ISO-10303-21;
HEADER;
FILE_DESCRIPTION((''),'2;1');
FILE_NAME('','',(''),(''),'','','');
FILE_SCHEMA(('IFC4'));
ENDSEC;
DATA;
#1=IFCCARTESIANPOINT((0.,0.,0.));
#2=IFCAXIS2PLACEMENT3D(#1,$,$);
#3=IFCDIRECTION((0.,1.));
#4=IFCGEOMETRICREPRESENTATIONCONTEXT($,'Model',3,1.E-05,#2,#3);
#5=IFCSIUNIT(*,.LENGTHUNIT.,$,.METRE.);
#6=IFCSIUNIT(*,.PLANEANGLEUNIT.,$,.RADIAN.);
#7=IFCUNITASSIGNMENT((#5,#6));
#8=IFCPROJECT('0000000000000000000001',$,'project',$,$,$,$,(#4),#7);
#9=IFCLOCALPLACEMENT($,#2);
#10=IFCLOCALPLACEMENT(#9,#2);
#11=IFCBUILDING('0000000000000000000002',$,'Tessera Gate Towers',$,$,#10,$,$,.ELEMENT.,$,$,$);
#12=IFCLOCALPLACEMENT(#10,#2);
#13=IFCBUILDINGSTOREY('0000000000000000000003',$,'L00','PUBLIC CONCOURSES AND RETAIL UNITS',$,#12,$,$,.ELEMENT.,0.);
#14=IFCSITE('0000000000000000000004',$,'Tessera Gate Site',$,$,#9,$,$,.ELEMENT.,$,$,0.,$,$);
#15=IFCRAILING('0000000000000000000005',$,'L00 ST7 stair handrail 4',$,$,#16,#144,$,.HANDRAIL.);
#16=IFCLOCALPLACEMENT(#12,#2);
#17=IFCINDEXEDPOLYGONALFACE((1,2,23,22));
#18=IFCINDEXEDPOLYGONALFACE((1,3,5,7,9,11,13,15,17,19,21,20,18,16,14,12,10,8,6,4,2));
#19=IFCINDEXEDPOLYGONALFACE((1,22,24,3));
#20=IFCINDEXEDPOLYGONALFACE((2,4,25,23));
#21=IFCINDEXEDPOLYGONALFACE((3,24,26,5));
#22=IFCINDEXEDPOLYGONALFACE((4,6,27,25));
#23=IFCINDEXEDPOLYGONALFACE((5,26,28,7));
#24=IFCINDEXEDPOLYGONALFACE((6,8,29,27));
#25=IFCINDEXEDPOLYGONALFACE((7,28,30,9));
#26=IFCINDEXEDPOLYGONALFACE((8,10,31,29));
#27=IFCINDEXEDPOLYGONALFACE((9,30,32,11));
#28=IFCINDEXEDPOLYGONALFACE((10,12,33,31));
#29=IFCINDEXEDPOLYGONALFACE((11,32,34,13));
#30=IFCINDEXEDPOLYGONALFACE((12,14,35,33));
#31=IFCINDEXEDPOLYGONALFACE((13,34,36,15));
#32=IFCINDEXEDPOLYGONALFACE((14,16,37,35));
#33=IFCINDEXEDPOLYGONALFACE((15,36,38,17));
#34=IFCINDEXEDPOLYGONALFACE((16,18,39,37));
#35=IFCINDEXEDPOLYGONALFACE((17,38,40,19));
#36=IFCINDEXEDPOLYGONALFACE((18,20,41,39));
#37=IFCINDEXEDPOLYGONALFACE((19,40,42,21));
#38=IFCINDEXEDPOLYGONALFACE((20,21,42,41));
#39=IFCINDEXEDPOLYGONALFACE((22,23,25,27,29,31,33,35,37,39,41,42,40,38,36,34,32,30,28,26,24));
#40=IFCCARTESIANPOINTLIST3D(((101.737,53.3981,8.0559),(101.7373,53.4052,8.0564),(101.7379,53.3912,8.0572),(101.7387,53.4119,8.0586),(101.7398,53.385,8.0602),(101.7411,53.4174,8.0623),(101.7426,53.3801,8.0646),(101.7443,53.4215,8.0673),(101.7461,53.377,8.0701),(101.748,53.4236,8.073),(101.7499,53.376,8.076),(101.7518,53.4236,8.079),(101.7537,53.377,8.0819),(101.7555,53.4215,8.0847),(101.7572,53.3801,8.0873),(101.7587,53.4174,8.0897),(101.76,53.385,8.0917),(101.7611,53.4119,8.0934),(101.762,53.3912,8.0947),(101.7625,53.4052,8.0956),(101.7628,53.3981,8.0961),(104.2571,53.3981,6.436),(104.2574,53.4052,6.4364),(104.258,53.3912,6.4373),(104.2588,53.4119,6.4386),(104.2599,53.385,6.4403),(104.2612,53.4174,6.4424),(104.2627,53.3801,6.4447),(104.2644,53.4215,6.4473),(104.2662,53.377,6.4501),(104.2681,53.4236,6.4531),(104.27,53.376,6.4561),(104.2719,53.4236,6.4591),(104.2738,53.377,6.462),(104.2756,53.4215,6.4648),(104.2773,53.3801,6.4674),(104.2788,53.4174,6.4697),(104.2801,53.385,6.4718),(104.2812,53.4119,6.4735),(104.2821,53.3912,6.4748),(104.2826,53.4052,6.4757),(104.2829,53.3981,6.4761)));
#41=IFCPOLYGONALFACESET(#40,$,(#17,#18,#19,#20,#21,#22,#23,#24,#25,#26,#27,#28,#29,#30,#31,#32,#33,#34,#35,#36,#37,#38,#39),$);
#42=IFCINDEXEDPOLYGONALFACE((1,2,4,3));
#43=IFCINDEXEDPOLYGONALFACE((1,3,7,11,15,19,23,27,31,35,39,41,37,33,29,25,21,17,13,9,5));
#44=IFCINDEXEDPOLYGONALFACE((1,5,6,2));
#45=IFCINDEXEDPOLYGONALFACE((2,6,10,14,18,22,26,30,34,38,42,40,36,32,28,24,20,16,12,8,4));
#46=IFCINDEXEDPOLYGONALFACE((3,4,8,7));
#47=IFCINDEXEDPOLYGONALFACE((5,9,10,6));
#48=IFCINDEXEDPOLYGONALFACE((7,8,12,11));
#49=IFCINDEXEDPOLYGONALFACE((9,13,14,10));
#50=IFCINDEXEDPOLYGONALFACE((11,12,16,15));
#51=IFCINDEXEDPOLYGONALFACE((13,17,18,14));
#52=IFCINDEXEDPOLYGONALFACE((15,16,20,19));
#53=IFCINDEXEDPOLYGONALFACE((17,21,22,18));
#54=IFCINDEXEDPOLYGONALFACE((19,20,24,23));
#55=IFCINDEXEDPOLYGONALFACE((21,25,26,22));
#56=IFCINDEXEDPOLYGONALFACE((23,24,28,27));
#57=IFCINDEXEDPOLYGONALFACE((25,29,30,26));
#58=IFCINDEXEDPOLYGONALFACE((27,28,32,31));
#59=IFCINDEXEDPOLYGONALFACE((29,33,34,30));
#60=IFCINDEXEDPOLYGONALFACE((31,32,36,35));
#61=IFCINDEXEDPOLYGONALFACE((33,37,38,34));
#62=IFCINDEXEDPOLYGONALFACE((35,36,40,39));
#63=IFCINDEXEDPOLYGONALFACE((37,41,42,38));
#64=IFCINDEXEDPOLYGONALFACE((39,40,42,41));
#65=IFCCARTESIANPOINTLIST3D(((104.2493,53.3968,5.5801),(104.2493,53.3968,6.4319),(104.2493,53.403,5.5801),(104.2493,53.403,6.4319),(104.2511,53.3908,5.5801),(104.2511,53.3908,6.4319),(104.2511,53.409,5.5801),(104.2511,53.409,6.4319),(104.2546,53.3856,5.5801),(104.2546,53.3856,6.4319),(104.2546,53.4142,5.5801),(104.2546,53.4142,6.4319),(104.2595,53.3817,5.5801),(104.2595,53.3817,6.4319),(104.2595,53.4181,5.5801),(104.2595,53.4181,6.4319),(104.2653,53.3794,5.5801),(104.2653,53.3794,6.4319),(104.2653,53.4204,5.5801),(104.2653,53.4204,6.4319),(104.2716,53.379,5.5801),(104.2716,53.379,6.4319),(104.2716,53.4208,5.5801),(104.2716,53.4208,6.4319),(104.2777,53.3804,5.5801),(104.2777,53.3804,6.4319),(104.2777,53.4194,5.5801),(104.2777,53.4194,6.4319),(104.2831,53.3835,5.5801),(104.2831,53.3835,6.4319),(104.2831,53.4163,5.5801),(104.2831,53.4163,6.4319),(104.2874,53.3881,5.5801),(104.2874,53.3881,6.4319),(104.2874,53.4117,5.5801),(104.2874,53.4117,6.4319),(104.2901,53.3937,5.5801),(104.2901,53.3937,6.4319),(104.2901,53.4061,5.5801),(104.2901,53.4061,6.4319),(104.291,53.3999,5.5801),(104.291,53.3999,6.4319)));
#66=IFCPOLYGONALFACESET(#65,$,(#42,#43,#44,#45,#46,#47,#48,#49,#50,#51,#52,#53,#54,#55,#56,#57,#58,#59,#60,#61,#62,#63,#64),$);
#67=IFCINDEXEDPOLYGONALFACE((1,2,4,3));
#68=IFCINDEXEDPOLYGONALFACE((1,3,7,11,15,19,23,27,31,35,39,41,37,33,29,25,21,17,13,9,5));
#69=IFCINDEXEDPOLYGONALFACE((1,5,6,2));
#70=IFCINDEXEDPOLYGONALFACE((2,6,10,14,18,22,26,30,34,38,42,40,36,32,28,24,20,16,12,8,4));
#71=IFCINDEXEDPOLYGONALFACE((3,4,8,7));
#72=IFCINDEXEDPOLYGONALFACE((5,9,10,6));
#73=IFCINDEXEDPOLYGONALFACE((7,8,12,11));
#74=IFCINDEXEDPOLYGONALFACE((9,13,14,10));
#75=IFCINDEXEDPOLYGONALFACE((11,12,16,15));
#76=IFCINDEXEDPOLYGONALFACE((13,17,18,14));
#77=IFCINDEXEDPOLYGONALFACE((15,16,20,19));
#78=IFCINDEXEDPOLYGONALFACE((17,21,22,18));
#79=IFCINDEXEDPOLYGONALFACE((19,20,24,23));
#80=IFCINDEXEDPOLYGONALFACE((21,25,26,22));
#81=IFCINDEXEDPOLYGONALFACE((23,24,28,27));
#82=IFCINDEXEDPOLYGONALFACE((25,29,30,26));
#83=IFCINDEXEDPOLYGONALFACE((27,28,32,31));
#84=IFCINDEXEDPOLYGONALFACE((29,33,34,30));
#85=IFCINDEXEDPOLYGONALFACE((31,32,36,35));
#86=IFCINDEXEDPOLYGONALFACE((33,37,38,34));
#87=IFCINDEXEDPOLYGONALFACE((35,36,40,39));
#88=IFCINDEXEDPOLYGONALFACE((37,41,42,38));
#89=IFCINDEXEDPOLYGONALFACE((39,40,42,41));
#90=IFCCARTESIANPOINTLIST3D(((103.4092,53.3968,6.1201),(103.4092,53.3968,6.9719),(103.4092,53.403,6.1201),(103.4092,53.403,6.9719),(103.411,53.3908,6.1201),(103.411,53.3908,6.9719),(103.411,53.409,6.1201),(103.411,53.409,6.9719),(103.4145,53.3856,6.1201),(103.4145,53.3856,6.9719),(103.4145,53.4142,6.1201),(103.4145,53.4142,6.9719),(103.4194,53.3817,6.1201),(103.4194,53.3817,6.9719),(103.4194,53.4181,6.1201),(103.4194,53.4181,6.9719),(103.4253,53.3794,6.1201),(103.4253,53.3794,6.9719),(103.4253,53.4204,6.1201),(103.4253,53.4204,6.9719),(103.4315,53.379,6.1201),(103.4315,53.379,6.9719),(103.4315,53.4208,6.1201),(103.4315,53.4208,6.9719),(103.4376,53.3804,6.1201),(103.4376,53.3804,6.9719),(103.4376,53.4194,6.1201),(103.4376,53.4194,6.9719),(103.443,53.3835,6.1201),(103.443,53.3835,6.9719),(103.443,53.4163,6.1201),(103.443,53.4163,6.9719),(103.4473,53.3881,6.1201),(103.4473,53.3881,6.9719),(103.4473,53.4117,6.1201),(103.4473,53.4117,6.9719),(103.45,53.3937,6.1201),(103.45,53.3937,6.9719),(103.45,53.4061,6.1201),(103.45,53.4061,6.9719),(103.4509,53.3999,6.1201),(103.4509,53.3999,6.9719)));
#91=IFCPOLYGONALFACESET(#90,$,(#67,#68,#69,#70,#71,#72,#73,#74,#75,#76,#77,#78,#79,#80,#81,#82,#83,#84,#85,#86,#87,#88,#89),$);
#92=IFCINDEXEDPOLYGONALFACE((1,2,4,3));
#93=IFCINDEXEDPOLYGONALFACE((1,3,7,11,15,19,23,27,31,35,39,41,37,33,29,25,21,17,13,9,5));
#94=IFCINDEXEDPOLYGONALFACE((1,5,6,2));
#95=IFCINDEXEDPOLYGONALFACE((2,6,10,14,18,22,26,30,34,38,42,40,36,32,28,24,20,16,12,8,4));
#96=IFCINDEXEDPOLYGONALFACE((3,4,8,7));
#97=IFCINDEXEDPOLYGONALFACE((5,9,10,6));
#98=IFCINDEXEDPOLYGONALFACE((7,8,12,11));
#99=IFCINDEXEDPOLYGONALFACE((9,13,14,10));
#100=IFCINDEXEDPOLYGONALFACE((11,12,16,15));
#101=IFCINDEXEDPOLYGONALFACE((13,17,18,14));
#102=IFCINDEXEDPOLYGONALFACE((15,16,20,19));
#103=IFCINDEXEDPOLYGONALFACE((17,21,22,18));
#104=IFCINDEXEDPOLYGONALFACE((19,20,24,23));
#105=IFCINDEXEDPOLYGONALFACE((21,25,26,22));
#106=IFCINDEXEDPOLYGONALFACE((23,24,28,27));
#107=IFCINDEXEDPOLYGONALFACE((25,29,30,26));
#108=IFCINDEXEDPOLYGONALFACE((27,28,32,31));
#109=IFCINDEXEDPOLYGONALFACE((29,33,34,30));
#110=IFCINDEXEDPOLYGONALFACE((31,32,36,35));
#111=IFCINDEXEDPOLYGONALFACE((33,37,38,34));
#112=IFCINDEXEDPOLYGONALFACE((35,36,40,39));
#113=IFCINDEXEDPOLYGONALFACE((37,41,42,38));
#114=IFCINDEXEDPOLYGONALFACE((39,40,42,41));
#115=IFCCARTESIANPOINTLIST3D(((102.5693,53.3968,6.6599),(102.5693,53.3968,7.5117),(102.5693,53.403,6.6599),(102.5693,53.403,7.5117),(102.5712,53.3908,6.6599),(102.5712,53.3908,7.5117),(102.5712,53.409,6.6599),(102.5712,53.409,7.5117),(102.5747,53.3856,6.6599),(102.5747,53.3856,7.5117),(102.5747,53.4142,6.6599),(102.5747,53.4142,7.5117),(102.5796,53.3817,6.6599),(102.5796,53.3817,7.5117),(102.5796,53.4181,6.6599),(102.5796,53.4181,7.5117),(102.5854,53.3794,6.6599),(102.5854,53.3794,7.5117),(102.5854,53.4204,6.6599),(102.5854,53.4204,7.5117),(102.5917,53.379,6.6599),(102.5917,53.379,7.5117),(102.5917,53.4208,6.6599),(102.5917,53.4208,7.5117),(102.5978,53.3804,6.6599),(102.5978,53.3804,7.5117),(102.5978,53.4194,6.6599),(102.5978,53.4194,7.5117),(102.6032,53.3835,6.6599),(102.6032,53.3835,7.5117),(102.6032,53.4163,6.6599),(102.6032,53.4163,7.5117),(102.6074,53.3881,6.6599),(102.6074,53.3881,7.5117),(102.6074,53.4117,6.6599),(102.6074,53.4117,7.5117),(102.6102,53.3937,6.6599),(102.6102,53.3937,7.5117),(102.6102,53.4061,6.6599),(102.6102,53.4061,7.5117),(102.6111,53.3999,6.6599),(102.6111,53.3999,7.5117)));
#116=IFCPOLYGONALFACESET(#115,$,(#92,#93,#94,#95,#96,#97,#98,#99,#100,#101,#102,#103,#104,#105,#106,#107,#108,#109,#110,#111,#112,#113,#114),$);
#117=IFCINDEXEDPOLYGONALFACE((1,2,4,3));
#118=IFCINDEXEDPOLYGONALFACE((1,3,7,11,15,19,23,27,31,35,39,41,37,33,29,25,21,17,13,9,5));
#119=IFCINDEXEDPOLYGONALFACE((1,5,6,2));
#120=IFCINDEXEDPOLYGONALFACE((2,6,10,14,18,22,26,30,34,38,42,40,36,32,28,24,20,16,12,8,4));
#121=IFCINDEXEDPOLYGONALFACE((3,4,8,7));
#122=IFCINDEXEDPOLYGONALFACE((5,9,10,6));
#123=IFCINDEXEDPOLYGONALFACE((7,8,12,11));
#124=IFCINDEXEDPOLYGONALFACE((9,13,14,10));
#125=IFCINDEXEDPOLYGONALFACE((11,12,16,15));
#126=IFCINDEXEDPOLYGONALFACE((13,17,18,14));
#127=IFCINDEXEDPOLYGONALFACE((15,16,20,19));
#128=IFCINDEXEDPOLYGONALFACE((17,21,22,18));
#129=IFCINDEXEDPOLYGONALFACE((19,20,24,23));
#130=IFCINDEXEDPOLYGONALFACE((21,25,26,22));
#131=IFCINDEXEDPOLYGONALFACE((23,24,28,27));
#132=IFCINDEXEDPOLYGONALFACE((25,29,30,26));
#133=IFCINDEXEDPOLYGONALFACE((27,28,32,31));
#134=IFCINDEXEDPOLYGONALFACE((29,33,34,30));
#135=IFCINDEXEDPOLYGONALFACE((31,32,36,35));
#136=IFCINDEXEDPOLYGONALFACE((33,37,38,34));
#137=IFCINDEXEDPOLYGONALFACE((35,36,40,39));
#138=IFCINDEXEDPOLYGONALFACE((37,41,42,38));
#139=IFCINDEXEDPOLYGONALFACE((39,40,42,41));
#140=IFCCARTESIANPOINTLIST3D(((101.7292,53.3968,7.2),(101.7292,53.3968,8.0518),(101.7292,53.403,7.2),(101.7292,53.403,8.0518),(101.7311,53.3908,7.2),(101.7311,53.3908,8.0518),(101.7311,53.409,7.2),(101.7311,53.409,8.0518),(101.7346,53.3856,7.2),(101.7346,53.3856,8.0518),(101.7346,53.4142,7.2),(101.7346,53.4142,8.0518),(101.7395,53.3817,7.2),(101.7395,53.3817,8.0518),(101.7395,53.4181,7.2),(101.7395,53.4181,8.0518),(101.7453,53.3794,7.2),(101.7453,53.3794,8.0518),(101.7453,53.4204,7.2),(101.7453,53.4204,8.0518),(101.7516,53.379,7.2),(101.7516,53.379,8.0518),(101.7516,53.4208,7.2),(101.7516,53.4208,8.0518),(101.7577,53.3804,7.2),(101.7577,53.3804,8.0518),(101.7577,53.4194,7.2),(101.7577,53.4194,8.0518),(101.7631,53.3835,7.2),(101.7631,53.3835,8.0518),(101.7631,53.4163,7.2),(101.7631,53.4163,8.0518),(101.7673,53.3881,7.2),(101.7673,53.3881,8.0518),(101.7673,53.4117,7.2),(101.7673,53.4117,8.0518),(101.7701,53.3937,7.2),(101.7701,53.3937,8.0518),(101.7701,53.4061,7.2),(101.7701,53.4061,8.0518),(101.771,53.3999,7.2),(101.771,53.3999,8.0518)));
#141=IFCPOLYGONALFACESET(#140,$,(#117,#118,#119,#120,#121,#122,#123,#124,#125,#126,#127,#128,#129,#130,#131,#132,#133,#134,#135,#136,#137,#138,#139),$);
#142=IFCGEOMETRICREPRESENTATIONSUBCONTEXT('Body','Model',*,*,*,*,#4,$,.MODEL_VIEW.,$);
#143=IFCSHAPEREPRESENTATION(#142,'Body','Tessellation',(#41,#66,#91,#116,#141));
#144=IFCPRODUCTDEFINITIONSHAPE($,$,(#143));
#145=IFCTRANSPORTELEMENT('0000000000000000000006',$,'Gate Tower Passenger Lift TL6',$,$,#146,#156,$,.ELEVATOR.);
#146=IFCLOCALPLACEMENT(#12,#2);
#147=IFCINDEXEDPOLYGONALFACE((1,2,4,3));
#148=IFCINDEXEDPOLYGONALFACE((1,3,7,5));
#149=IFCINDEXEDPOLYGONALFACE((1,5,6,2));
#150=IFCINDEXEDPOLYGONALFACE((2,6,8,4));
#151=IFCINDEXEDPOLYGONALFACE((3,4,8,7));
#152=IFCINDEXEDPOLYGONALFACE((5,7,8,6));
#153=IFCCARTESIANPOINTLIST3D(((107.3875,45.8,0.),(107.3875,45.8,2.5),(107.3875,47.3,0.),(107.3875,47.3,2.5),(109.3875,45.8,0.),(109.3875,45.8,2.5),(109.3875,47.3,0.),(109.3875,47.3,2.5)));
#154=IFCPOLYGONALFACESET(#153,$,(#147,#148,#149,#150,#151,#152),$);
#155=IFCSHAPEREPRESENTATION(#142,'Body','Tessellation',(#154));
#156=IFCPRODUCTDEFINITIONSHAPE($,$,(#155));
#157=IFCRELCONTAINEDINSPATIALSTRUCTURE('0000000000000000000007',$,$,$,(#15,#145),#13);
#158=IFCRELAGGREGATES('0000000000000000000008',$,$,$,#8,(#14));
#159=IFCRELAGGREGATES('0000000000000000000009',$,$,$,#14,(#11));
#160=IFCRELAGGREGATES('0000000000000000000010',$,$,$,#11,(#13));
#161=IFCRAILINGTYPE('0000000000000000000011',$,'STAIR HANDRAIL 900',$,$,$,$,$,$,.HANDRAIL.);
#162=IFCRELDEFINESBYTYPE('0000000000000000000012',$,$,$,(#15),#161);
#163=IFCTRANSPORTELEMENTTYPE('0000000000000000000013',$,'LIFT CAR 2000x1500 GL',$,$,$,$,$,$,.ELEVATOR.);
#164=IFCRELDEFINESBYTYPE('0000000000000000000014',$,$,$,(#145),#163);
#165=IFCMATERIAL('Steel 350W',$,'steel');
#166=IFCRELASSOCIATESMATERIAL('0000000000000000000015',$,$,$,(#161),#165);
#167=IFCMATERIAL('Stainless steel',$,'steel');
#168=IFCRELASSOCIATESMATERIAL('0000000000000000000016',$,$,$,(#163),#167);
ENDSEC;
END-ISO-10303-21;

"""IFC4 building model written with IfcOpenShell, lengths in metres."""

from ifc_helpers import new_model, si_unit, direction, frame, origin, origin_2d, place, context, subcontext, project, spatial, rectangle, circle, extrude, material, type_object, element, save


model = new_model("IFC4")

# Units and contexts
model_context = context("Model", 3, precision=1e-05, world=origin(), true_north=direction((0.0, 1.0)))
body_context = subcontext(model_context, "Body", "Model", "MODEL_VIEW")
ifc_project = project(units=[si_unit("LENGTHUNIT", "METRE"), si_unit("PLANEANGLEUNIT", "RADIAN")], contexts=[model_context])

# Site, building, storey
site_placement = place(None, origin())
site = spatial("IfcSite", under=ifc_project, at=site_placement, Name="Tessera Gate Site", CompositionType="ELEMENT", RefElevation=0.0)
building_placement = place(site_placement, origin())
building = spatial("IfcBuilding", under=site, at=building_placement, Name="Tessera Gate Towers", CompositionType="ELEMENT")
storey_placement = place(building_placement, origin())
storey = spatial("IfcBuildingStorey", under=building, at=storey_placement, Name="L00", Description="PUBLIC CONCOURSES AND RETAIL UNITS", CompositionType="ELEMENT", Elevation=0.0)

# Railing
ifc_material_1 = material(Name="Steel 350W", Category="steel")
railing_type_1 = type_object("IfcRailingType", Name="STAIR HANDRAIL 900", PredefinedType="HANDRAIL", material=ifc_material_1)
railing_1_placement = place(storey_placement, frame((104.27, 53.3999, 5.5801)))
element("IfcRailing", 1, at=railing_1_placement, inside=storey, type_object=railing_type_1, Name="L00 ST7 stair handrail 4", PredefinedType="HANDRAIL", context=body_context, shape_type="SweptSolid", body=[
    extrude(circle(Radius=0.0239, at=origin_2d()), frame((0.0, 0.0, 0.876), z_axis=(-0.8412, 0.0, 0.540725), x_axis=(0.0, -1.0, 0.0)), (0.0, 0.0, 1.0), 2.9958),
    extrude(circle(Radius=0.021, at=origin_2d()), origin(), (0.0, 0.0, 1.0), 0.8518),
    extrude(circle(Radius=0.021, at=origin_2d()), frame((-0.8401, 0.0, 0.54)), (0.0, 0.0, 1.0), 0.8518),
    extrude(circle(Radius=0.021, at=origin_2d()), frame((-1.6799, 0.0, 1.0798)), (0.0, 0.0, 1.0), 0.8518),
    extrude(circle(Radius=0.021, at=origin_2d()), frame((-2.52, 0.0, 1.6199)), (0.0, 0.0, 1.0), 0.8518),
])

# Transport element
ifc_material_2 = material(Name="Stainless steel", Category="steel")
transport_element_type = type_object("IfcTransportElementType", Name="LIFT CAR 2000x1500 GL", PredefinedType="ELEVATOR", material=ifc_material_2)
transport_element_placement = place(storey_placement, frame((108.3875, 46.55, 0.0), z_axis=(0.0, 0.0, 1.0), x_axis=(1.0, 0.0, 0.0)))
element("IfcTransportElement", 2, at=transport_element_placement, inside=storey, type_object=transport_element_type, Name="Gate Tower Passenger Lift TL6", PredefinedType="ELEVATOR", context=body_context, shape_type="SweptSolid", body=[
    extrude(rectangle(XDim=2.0, YDim=1.5, at=origin_2d()), origin(), (0.0, 0.0, 1.0), 2.5),
])

save(model, "model.ifc")
